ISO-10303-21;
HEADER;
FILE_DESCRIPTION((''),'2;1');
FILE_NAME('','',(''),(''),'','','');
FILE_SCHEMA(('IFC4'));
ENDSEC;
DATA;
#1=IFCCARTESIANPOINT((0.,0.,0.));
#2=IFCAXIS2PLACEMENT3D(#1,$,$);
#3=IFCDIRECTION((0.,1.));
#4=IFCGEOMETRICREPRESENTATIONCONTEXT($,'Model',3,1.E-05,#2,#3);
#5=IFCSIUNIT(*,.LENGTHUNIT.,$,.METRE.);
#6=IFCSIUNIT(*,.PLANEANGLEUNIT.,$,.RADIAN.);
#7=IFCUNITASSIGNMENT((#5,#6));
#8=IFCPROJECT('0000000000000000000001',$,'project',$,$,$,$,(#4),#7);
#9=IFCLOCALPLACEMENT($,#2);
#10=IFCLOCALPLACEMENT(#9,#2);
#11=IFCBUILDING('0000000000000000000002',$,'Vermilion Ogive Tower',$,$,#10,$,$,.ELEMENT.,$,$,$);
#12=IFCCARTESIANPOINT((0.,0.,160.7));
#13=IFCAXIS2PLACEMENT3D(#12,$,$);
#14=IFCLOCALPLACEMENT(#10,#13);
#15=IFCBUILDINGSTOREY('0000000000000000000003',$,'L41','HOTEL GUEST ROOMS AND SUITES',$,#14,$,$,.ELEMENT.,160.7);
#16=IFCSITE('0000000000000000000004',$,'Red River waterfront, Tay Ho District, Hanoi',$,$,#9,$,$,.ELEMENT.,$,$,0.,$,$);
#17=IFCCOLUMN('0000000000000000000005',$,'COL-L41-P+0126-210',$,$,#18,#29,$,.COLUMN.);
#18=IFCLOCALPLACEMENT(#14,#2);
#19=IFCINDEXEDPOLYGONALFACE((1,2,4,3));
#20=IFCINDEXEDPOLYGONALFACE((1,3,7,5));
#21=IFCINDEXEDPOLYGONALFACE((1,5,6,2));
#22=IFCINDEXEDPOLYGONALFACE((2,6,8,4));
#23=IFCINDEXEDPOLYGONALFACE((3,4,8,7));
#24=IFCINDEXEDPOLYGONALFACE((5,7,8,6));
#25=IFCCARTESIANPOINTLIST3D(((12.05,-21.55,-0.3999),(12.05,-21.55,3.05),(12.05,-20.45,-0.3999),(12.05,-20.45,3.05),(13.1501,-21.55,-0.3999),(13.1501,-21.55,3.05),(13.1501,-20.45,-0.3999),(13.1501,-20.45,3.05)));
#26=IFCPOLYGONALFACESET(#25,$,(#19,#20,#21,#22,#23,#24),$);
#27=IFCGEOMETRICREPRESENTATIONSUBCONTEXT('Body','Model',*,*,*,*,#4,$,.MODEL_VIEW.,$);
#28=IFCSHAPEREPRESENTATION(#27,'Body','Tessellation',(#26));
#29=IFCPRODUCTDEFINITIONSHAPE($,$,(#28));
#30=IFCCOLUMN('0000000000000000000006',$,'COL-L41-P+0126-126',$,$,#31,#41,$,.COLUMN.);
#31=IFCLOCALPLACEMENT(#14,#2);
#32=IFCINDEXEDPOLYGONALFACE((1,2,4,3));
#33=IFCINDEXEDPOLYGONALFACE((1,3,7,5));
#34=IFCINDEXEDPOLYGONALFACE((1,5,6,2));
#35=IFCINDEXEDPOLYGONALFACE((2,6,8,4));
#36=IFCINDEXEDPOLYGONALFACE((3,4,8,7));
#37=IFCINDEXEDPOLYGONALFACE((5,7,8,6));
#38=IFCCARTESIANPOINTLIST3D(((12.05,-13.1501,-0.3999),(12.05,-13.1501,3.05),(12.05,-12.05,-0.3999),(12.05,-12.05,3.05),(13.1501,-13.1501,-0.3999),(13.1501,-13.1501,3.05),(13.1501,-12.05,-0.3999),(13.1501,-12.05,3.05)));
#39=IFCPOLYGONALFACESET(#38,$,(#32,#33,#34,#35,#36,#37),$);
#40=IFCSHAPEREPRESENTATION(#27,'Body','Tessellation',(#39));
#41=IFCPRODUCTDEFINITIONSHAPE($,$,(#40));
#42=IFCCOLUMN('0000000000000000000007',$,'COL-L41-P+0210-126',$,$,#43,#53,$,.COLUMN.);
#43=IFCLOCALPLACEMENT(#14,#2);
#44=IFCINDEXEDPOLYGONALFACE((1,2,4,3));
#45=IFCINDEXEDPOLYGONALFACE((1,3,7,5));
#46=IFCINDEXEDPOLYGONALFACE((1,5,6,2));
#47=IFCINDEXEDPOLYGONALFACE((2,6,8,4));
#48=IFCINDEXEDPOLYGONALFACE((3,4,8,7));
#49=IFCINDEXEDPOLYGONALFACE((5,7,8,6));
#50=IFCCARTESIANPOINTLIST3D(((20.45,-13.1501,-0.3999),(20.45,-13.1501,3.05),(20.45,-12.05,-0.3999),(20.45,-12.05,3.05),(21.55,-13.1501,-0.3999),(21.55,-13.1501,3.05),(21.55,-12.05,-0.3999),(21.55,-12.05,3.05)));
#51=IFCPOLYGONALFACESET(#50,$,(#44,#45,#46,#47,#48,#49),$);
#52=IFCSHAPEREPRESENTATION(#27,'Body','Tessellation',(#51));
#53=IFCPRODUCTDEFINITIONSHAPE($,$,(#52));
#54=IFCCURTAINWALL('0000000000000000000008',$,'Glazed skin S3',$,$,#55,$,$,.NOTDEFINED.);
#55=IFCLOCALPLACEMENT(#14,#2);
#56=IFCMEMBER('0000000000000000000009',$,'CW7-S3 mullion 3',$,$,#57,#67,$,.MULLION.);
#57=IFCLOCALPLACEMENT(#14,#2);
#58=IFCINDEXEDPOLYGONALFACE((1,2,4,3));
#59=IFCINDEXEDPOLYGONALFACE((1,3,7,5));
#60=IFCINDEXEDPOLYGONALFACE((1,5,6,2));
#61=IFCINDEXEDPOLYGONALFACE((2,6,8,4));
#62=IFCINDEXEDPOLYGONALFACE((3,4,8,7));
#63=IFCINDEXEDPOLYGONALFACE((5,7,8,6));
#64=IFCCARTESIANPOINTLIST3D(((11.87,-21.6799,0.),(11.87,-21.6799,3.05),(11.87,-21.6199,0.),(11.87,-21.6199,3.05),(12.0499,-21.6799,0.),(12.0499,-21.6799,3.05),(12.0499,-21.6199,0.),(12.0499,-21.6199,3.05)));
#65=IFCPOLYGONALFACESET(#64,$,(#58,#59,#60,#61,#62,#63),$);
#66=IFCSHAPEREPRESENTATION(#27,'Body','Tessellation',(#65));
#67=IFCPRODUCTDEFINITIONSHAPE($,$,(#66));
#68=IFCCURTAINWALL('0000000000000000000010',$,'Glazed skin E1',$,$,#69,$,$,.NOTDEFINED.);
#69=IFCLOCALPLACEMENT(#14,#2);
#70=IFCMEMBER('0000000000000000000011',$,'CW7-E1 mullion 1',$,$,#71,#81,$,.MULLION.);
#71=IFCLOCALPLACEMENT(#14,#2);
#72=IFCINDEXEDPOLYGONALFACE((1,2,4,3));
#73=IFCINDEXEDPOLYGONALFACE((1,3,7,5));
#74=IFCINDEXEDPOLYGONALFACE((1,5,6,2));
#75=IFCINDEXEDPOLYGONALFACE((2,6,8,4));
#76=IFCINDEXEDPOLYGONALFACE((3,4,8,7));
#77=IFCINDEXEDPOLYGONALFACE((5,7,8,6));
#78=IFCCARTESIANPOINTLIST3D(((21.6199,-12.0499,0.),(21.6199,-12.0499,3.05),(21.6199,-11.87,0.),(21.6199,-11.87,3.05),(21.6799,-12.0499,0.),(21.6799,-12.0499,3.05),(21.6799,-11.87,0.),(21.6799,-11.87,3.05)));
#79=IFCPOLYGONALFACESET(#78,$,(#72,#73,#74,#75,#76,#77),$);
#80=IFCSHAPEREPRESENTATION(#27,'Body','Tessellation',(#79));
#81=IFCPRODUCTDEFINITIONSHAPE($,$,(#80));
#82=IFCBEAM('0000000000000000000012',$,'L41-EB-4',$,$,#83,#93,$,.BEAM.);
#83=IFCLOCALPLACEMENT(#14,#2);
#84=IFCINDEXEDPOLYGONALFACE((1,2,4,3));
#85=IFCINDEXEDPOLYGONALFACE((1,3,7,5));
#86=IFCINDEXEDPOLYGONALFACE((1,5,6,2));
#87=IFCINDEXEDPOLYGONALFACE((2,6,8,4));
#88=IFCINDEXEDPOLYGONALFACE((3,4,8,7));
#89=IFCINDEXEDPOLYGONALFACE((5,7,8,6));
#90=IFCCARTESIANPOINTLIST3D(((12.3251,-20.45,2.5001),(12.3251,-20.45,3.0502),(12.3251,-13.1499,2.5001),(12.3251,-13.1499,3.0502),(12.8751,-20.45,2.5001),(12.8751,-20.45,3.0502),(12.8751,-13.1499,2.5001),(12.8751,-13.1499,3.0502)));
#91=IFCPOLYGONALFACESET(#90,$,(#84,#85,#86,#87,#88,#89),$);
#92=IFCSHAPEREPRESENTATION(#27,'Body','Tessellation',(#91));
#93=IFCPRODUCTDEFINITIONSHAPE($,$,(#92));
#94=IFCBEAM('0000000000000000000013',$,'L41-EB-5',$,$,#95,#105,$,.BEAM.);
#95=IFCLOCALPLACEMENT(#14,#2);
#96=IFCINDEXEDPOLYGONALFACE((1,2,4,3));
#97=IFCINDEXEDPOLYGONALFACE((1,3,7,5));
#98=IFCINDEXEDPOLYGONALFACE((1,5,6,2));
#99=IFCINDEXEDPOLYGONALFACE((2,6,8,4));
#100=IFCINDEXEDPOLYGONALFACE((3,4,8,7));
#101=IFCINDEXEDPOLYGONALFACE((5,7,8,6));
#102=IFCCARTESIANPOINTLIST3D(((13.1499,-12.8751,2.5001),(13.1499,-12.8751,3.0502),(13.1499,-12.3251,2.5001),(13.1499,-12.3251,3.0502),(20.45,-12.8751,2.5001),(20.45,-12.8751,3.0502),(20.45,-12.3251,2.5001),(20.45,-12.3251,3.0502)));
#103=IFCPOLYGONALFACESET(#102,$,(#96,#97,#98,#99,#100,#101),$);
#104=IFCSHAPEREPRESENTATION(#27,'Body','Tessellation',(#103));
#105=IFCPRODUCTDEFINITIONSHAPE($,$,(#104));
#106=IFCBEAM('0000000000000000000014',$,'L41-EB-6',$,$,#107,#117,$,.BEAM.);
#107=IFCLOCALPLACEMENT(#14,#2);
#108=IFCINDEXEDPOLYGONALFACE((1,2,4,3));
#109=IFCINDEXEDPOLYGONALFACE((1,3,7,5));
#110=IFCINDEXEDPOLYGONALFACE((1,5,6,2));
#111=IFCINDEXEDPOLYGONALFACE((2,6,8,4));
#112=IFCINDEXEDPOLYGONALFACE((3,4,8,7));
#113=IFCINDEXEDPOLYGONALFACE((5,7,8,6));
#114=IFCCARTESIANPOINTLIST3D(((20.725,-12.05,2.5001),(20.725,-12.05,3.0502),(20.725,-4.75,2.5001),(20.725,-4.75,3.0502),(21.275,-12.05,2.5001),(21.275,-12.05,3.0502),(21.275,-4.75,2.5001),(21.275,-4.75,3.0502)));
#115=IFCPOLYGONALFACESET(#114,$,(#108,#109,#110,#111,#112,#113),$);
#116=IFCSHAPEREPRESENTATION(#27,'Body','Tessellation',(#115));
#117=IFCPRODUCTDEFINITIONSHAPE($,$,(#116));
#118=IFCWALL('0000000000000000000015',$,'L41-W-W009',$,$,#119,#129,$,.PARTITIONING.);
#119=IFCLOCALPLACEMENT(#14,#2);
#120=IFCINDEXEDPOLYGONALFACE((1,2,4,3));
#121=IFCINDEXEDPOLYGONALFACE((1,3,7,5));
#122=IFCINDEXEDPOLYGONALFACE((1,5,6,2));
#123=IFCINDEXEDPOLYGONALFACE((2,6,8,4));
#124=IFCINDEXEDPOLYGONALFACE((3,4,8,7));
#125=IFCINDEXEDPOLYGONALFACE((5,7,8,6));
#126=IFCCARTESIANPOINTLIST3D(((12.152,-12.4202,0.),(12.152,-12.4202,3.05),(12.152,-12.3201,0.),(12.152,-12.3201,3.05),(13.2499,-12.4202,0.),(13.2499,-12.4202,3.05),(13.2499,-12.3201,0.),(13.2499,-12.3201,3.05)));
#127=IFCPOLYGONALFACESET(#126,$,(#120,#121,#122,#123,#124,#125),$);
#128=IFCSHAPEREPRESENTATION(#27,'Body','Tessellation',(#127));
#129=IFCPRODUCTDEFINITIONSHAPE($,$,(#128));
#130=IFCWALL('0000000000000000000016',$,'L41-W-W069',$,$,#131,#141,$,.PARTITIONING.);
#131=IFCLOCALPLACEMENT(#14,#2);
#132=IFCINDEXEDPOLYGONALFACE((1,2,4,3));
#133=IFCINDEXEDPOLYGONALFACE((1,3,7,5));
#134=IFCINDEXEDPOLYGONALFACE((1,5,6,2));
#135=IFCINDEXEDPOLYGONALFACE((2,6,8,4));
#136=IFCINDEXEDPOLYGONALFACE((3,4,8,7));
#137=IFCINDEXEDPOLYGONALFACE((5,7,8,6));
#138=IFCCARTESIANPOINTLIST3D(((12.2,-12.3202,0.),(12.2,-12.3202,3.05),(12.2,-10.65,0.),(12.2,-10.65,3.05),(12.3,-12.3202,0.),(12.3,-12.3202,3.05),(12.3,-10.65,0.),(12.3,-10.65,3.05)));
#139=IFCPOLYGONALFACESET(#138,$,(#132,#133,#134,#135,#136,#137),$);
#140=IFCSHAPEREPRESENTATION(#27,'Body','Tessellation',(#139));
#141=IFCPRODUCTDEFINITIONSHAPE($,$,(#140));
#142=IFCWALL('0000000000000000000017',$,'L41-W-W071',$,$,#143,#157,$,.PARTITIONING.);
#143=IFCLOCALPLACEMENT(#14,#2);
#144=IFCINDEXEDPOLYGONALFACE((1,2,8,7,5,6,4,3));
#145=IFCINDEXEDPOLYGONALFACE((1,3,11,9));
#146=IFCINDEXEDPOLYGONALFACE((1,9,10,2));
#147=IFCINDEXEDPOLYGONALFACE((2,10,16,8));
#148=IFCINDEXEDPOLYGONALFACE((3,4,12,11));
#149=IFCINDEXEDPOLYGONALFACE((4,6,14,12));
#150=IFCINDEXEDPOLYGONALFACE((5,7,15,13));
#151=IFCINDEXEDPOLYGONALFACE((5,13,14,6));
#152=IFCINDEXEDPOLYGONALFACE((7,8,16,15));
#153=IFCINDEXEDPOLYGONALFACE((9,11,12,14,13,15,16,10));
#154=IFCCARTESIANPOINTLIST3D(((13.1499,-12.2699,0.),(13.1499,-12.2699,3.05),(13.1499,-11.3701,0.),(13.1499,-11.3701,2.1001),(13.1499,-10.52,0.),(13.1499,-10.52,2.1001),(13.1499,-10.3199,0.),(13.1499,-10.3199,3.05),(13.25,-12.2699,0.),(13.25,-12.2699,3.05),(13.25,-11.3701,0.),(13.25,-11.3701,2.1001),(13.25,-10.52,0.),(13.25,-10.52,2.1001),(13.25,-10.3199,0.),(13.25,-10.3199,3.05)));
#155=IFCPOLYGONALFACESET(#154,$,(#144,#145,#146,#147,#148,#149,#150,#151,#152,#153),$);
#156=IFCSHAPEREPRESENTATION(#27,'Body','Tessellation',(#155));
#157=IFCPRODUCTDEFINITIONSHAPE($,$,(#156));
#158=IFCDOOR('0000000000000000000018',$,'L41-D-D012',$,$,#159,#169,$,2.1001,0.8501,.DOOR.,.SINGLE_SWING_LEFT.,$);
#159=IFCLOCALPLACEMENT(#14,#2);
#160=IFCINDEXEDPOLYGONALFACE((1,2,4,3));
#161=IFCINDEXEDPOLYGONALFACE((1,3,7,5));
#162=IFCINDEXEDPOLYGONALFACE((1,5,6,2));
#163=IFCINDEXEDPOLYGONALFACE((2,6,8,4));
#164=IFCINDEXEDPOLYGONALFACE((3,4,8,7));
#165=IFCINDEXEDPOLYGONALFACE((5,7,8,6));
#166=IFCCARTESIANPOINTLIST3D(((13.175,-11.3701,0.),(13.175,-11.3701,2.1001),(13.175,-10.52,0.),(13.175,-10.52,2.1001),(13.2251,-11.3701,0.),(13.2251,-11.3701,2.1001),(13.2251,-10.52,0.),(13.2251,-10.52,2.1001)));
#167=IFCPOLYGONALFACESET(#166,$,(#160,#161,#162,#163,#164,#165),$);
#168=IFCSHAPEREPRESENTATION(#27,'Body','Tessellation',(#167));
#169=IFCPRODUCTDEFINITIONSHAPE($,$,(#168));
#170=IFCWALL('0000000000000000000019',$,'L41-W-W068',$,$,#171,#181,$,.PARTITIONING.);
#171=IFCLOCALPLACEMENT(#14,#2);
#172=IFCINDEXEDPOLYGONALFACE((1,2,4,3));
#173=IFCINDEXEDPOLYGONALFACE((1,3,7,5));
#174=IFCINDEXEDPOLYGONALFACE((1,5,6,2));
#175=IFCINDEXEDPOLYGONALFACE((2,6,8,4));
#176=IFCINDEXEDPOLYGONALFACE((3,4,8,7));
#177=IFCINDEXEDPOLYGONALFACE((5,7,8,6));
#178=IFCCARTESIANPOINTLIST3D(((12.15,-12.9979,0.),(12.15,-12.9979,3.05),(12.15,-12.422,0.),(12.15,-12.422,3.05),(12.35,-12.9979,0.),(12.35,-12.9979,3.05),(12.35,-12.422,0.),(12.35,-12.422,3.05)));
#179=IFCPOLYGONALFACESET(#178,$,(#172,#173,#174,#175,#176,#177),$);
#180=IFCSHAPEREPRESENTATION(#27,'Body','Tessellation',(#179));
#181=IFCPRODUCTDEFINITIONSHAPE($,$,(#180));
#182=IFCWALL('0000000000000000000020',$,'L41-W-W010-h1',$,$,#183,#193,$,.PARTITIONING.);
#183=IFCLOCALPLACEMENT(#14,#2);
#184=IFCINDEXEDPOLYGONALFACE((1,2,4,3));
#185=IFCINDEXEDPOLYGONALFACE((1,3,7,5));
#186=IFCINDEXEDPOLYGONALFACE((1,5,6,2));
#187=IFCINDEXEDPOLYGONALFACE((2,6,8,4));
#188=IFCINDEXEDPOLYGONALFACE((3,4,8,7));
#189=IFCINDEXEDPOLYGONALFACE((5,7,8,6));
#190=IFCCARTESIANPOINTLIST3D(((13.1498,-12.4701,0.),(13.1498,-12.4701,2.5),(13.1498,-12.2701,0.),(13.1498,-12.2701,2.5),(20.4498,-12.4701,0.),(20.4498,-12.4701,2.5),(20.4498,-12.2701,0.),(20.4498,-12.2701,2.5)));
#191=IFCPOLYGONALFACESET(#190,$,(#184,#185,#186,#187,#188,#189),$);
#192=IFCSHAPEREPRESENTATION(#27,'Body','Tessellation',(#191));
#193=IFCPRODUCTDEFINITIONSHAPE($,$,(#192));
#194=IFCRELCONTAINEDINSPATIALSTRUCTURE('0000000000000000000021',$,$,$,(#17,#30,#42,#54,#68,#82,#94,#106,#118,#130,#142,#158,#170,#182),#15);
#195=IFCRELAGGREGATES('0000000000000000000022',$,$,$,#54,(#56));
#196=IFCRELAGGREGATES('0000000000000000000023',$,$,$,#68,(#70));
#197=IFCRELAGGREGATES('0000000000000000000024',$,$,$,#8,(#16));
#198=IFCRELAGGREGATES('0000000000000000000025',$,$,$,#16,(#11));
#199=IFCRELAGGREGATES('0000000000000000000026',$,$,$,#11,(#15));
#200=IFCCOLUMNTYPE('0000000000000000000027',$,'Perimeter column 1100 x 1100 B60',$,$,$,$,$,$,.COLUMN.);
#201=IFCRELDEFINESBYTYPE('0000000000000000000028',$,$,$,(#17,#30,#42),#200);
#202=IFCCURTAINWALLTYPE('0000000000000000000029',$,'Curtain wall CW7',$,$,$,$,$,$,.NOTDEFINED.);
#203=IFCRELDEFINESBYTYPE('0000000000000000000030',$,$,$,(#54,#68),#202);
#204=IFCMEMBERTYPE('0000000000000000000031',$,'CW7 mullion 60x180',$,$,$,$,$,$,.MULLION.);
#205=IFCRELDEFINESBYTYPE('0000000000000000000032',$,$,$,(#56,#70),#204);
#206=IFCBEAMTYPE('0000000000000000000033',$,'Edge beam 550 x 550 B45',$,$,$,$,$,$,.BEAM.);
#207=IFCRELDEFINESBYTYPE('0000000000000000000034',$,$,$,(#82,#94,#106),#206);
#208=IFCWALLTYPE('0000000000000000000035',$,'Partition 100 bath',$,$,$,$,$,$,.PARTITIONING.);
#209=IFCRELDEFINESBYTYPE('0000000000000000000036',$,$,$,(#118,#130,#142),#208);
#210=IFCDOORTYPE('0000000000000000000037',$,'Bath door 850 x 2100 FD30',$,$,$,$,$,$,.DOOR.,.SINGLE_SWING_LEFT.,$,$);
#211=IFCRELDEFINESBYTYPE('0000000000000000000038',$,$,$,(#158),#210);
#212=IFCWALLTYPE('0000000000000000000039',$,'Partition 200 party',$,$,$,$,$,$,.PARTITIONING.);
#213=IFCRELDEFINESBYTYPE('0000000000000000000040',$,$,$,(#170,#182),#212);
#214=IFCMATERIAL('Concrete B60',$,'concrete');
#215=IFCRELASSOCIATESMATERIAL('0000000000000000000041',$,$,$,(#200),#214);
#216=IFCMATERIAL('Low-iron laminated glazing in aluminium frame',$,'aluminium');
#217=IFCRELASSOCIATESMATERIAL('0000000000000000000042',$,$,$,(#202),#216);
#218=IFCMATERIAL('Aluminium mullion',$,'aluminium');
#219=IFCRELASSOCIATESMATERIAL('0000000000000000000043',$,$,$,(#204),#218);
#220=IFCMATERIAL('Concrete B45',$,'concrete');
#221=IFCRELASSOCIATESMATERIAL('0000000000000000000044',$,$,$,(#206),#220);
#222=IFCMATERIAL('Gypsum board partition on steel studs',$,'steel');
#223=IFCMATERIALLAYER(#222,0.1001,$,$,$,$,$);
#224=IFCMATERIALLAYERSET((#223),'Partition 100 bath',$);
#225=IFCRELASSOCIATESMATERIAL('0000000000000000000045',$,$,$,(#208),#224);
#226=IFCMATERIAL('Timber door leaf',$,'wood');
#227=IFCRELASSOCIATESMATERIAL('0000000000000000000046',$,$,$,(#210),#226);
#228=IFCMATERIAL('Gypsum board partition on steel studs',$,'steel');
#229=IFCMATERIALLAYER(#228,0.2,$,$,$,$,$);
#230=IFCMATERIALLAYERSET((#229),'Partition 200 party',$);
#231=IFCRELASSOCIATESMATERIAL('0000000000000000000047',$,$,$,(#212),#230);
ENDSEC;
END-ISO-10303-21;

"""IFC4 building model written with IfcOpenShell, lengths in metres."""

from ifc_helpers import new_model, si_unit, direction, frame, frame_2d, origin, origin_2d, place, context, subcontext, project, spatial, rectangle, extrude, material, layer, layer_set, material_profile, profile_set, type_object, element, fill, aggregate, save


model = new_model("IFC4")

# Units and contexts
model_context = context("Model", 3, precision=1e-05, world=origin(), true_north=direction((0.0, 1.0)))
body_context = subcontext(model_context, "Body", "Model", "MODEL_VIEW")
ifc_project = project(units=[si_unit("LENGTHUNIT", "METRE"), si_unit("PLANEANGLEUNIT", "RADIAN")], contexts=[model_context])

# Site, building, storey
site_placement = place(None, origin())
site = spatial("IfcSite", under=ifc_project, at=site_placement, Name="Red River waterfront, Tay Ho District, Hanoi", CompositionType="ELEMENT", RefElevation=0.0)
building_placement = place(site_placement, origin())
building = spatial("IfcBuilding", under=site, at=building_placement, Name="Vermilion Ogive Tower", CompositionType="ELEMENT")
storey_placement = place(building_placement, frame((0.0, 0.0, 160.7)))
storey = spatial("IfcBuildingStorey", under=building, at=storey_placement, Name="L41", Description="HOTEL GUEST ROOMS AND SUITES", CompositionType="ELEMENT", Elevation=160.7)

# Columns
ifc_material_1 = material(Name="Concrete B60", Category="concrete")
ifc_material_profile_1 = material_profile(ifc_material_1, rectangle(XDim=1.1001, YDim=1.1001, at=origin_2d()), Name="1100 x 1100")
ifc_profile_set_1 = profile_set([ifc_material_profile_1], Name="Concrete B60")
column_type = type_object("IfcColumnType", Name="Perimeter column 1100 x 1100 B60", PredefinedType="COLUMN", material=ifc_profile_set_1)
for number, where, z_axis, x_axis, name in (
    (1, (12.6001, -21.0, -0.3999), (0.0, 0.0, 1.0), (1.0, 0.0, 0.0), "COL-L41-P+0126-210"),
    (2, (12.6001, -12.6001, -0.3999), (0.0, 0.0, 1.0), (1.0, 0.0, 0.0), "COL-L41-P+0126-126"),
    (3, (21.0, -12.6001, -0.3999), (0.0, 0.0, 1.0), (1.0, 0.0, 0.0), "COL-L41-P+0210-126"),
):
    element("IfcColumn", number, at=place(storey_placement, frame(where, z_axis=z_axis, x_axis=x_axis)), inside=storey, type_object=column_type, Name=name, PredefinedType="COLUMN", context=body_context, shape_type="SweptSolid", body=[
        extrude(rectangle(XDim=1.1001, YDim=1.1001, at=origin_2d()), origin(), (0.0, 0.0, 1.0), 3.45),
    ])

# Curtain walls, members
ifc_material_2 = material(Name="Low-iron laminated glazing in aluminium frame", Category="aluminium")
curtain_wall_type = type_object("IfcCurtainWallType", Name="Curtain wall CW7", PredefinedType="NOTDEFINED", material=ifc_material_2)
curtain_wall_1_placement = place(storey_placement, origin())
curtain_wall_1 = element("IfcCurtainWall", 4, at=curtain_wall_1_placement, inside=storey, type_object=curtain_wall_type, Name="Glazed skin S3", PredefinedType="NOTDEFINED")
ifc_material_3 = material(Name="Aluminium mullion", Category="aluminium")
ifc_material_profile_2 = material_profile(ifc_material_3, rectangle(XDim=0.0601, YDim=0.1799, at=origin_2d()), Name="AL 60x180")
ifc_profile_set_2 = profile_set([ifc_material_profile_2], Name="Aluminium mullion")
member_type = type_object("IfcMemberType", Name="CW7 mullion 60x180", PredefinedType="MULLION", material=ifc_profile_set_2)
member_1_placement = place(storey_placement, frame((11.96, -21.6499, 0.0), z_axis=(0.0, 0.0, 1.0), x_axis=(0.0, 1.0, 0.0)))
member_1 = element("IfcMember", 5, at=member_1_placement, type_object=member_type, Name="CW7-S3 mullion 3", PredefinedType="MULLION", context=body_context, shape_type="SweptSolid", body=[
    extrude(rectangle(XDim=0.0601, YDim=0.1799, at=origin_2d()), origin(), (0.0, 0.0, 1.0), 3.05),
])
aggregate(curtain_wall_1, [member_1])
curtain_wall_2_placement = place(storey_placement, origin())
curtain_wall_2 = element("IfcCurtainWall", 6, at=curtain_wall_2_placement, inside=storey, type_object=curtain_wall_type, Name="Glazed skin E1", PredefinedType="NOTDEFINED")
member_2_placement = place(storey_placement, frame((21.6499, -11.96, 0.0), z_axis=(0.0, 0.0, 1.0), x_axis=(-1.0, 0.0, 0.0)))
member_2 = element("IfcMember", 7, at=member_2_placement, type_object=member_type, Name="CW7-E1 mullion 1", PredefinedType="MULLION", context=body_context, shape_type="SweptSolid", body=[
    extrude(rectangle(XDim=0.0601, YDim=0.1799, at=origin_2d()), origin(), (0.0, 0.0, 1.0), 3.05),
])
aggregate(curtain_wall_2, [member_2])

# Beams
ifc_material_4 = material(Name="Concrete B45", Category="concrete")
ifc_material_profile_3 = material_profile(ifc_material_4, rectangle(XDim=0.55, YDim=0.55, at=origin_2d()), Name="550 x 550")
ifc_profile_set_3 = profile_set([ifc_material_profile_3], Name="Concrete B45")
beam_type = type_object("IfcBeamType", Name="Edge beam 550 x 550 B45", PredefinedType="BEAM", material=ifc_profile_set_3)
for number, where, z_axis, x_axis, name in (
    (8, (12.6001, -20.45, 2.7751), (0.0, 1.0, 0.0), (-1.0, 0.0, 0.0), "L41-EB-4"),
    (9, (13.1499, -12.6001, 2.7751), (1.0, 0.0, 0.0), (0.0, 1.0, 0.0), "L41-EB-5"),
    (10, (21.0, -12.05, 2.7751), (0.0, 1.0, 0.0), (-1.0, 0.0, 0.0), "L41-EB-6"),
):
    element("IfcBeam", number, at=place(storey_placement, frame(where, z_axis=z_axis, x_axis=x_axis)), inside=storey, type_object=beam_type, Name=name, PredefinedType="BEAM", context=body_context, shape_type="SweptSolid", body=[
        extrude(rectangle(XDim=0.55, YDim=0.55, at=origin_2d()), origin(), (0.0, 0.0, 1.0), 7.3),
    ])

# Walls
ifc_material_5 = material(Name="Gypsum board partition on steel studs", Category="steel")
ifc_layer_1 = layer(ifc_material_5, 0.1001)
ifc_layer_set_1 = layer_set([ifc_layer_1], Name="Partition 100 bath")
wall_type_1 = type_object("IfcWallType", Name="Partition 100 bath", PredefinedType="PARTITIONING", material=ifc_layer_set_1)
wall_1_placement = place(storey_placement, frame((12.1521, -12.3701, 0.0), z_axis=(0.0, 0.0, 1.0), x_axis=(1.0, 0.0, 0.0)))
element("IfcWall", 11, at=wall_1_placement, inside=storey, type_object=wall_type_1, Name="L41-W-W009", PredefinedType="PARTITIONING", context=body_context, shape_type="SweptSolid", body=[
    extrude(rectangle(XDim=1.0979, YDim=0.1001, at=frame_2d((0.5488, 0.0))), origin(), (0.0, 0.0, 1.0), 3.05),
])
wall_2_placement = place(storey_placement, frame((12.25, -12.3201, 0.0), z_axis=(0.0, 0.0, 1.0), x_axis=(0.0, 1.0, 0.0)))
element("IfcWall", 12, at=wall_2_placement, inside=storey, type_object=wall_type_1, Name="L41-W-W069", PredefinedType="PARTITIONING", context=body_context, shape_type="SweptSolid", body=[
    extrude(rectangle(XDim=1.6702, YDim=0.1001, at=frame_2d((0.835, 0.0))), origin(), (0.0, 0.0, 1.0), 3.05),
])

# Wall, opening, door
wall_3_placement = place(storey_placement, frame((13.2, -12.27, 0.0), z_axis=(0.0, 0.0, 1.0), x_axis=(0.0, 1.0, 0.0)))
wall_3 = element("IfcWall", 13, at=wall_3_placement, inside=storey, type_object=wall_type_1, Name="L41-W-W071", PredefinedType="PARTITIONING", context=body_context, shape_type="SweptSolid", body=[
    extrude(rectangle(XDim=1.95, YDim=0.1001, at=frame_2d((0.9751, 0.0))), origin(), (0.0, 0.0, 1.0), 3.05),
])
opening_1_placement = place(wall_3_placement, frame((0.8999, 0.0, 0.0)))
opening_1 = element("IfcOpeningElement", 14, at=opening_1_placement, cuts=wall_3, PredefinedType="OPENING", context=body_context, shape_type="SweptSolid", body=[
    extrude(rectangle(XDim=0.8501, YDim=2.1001, at=frame_2d((0.425, 1.05))), frame((0.0, 0.0601, 0.0), z_axis=(0.0, -1.0, 0.0), x_axis=(1.0, 0.0, 0.0)), (0.0, 0.0, 1.0), 0.1201),
])
ifc_material_6 = material(Name="Timber door leaf", Category="wood")
door_type = type_object("IfcDoorType", Name="Bath door 850 x 2100 FD30", OperationType="SINGLE_SWING_LEFT", PredefinedType="DOOR", material=ifc_material_6)
door_placement = place(opening_1_placement, origin())
door = element("IfcDoor", 15, at=door_placement, inside=storey, type_object=door_type, Name="L41-D-D012", OperationType="SINGLE_SWING_LEFT", OverallHeight=2.1001, OverallWidth=0.8501, PredefinedType="DOOR", context=body_context, shape_type="SweptSolid", body=[
    extrude(rectangle(XDim=0.8501, YDim=2.1001, at=frame_2d((0.425, 1.05))), frame((0.0, 0.0249, 0.0), z_axis=(0.0, -1.0, 0.0), x_axis=(1.0, 0.0, 0.0)), (0.0, 0.0, 1.0), 0.05),
])
fill(opening_1, door)

# Walls
ifc_material_7 = material(Name="Gypsum board partition on steel studs", Category="steel")
ifc_layer_2 = layer(ifc_material_7, 0.2)
ifc_layer_set_2 = layer_set([ifc_layer_2], Name="Partition 200 party")
wall_type_2 = type_object("IfcWallType", Name="Partition 200 party", PredefinedType="PARTITIONING", material=ifc_layer_set_2)
wall_4_placement = place(storey_placement, frame((12.25, -12.998, 0.0), z_axis=(0.0, 0.0, 1.0), x_axis=(0.0, 1.0, 0.0)))
element("IfcWall", 16, at=wall_4_placement, inside=storey, type_object=wall_type_2, Name="L41-W-W068", PredefinedType="PARTITIONING", context=body_context, shape_type="SweptSolid", body=[
    extrude(rectangle(XDim=0.5759, YDim=0.2, at=frame_2d((0.2881, 0.0))), origin(), (0.0, 0.0, 1.0), 3.05),
])
wall_5_placement = place(storey_placement, frame((13.1499, -12.3701, 0.0), z_axis=(0.0, 0.0, 1.0), x_axis=(1.0, 0.0, 0.0)))
element("IfcWall", 17, at=wall_5_placement, inside=storey, type_object=wall_type_2, Name="L41-W-W010-h1", PredefinedType="PARTITIONING", context=body_context, shape_type="SweptSolid", body=[
    extrude(rectangle(XDim=7.3, YDim=0.2, at=frame_2d((3.6499, 0.0))), origin(), (0.0, 0.0, 1.0), 2.5),
])

save(model, "model.ifc")
